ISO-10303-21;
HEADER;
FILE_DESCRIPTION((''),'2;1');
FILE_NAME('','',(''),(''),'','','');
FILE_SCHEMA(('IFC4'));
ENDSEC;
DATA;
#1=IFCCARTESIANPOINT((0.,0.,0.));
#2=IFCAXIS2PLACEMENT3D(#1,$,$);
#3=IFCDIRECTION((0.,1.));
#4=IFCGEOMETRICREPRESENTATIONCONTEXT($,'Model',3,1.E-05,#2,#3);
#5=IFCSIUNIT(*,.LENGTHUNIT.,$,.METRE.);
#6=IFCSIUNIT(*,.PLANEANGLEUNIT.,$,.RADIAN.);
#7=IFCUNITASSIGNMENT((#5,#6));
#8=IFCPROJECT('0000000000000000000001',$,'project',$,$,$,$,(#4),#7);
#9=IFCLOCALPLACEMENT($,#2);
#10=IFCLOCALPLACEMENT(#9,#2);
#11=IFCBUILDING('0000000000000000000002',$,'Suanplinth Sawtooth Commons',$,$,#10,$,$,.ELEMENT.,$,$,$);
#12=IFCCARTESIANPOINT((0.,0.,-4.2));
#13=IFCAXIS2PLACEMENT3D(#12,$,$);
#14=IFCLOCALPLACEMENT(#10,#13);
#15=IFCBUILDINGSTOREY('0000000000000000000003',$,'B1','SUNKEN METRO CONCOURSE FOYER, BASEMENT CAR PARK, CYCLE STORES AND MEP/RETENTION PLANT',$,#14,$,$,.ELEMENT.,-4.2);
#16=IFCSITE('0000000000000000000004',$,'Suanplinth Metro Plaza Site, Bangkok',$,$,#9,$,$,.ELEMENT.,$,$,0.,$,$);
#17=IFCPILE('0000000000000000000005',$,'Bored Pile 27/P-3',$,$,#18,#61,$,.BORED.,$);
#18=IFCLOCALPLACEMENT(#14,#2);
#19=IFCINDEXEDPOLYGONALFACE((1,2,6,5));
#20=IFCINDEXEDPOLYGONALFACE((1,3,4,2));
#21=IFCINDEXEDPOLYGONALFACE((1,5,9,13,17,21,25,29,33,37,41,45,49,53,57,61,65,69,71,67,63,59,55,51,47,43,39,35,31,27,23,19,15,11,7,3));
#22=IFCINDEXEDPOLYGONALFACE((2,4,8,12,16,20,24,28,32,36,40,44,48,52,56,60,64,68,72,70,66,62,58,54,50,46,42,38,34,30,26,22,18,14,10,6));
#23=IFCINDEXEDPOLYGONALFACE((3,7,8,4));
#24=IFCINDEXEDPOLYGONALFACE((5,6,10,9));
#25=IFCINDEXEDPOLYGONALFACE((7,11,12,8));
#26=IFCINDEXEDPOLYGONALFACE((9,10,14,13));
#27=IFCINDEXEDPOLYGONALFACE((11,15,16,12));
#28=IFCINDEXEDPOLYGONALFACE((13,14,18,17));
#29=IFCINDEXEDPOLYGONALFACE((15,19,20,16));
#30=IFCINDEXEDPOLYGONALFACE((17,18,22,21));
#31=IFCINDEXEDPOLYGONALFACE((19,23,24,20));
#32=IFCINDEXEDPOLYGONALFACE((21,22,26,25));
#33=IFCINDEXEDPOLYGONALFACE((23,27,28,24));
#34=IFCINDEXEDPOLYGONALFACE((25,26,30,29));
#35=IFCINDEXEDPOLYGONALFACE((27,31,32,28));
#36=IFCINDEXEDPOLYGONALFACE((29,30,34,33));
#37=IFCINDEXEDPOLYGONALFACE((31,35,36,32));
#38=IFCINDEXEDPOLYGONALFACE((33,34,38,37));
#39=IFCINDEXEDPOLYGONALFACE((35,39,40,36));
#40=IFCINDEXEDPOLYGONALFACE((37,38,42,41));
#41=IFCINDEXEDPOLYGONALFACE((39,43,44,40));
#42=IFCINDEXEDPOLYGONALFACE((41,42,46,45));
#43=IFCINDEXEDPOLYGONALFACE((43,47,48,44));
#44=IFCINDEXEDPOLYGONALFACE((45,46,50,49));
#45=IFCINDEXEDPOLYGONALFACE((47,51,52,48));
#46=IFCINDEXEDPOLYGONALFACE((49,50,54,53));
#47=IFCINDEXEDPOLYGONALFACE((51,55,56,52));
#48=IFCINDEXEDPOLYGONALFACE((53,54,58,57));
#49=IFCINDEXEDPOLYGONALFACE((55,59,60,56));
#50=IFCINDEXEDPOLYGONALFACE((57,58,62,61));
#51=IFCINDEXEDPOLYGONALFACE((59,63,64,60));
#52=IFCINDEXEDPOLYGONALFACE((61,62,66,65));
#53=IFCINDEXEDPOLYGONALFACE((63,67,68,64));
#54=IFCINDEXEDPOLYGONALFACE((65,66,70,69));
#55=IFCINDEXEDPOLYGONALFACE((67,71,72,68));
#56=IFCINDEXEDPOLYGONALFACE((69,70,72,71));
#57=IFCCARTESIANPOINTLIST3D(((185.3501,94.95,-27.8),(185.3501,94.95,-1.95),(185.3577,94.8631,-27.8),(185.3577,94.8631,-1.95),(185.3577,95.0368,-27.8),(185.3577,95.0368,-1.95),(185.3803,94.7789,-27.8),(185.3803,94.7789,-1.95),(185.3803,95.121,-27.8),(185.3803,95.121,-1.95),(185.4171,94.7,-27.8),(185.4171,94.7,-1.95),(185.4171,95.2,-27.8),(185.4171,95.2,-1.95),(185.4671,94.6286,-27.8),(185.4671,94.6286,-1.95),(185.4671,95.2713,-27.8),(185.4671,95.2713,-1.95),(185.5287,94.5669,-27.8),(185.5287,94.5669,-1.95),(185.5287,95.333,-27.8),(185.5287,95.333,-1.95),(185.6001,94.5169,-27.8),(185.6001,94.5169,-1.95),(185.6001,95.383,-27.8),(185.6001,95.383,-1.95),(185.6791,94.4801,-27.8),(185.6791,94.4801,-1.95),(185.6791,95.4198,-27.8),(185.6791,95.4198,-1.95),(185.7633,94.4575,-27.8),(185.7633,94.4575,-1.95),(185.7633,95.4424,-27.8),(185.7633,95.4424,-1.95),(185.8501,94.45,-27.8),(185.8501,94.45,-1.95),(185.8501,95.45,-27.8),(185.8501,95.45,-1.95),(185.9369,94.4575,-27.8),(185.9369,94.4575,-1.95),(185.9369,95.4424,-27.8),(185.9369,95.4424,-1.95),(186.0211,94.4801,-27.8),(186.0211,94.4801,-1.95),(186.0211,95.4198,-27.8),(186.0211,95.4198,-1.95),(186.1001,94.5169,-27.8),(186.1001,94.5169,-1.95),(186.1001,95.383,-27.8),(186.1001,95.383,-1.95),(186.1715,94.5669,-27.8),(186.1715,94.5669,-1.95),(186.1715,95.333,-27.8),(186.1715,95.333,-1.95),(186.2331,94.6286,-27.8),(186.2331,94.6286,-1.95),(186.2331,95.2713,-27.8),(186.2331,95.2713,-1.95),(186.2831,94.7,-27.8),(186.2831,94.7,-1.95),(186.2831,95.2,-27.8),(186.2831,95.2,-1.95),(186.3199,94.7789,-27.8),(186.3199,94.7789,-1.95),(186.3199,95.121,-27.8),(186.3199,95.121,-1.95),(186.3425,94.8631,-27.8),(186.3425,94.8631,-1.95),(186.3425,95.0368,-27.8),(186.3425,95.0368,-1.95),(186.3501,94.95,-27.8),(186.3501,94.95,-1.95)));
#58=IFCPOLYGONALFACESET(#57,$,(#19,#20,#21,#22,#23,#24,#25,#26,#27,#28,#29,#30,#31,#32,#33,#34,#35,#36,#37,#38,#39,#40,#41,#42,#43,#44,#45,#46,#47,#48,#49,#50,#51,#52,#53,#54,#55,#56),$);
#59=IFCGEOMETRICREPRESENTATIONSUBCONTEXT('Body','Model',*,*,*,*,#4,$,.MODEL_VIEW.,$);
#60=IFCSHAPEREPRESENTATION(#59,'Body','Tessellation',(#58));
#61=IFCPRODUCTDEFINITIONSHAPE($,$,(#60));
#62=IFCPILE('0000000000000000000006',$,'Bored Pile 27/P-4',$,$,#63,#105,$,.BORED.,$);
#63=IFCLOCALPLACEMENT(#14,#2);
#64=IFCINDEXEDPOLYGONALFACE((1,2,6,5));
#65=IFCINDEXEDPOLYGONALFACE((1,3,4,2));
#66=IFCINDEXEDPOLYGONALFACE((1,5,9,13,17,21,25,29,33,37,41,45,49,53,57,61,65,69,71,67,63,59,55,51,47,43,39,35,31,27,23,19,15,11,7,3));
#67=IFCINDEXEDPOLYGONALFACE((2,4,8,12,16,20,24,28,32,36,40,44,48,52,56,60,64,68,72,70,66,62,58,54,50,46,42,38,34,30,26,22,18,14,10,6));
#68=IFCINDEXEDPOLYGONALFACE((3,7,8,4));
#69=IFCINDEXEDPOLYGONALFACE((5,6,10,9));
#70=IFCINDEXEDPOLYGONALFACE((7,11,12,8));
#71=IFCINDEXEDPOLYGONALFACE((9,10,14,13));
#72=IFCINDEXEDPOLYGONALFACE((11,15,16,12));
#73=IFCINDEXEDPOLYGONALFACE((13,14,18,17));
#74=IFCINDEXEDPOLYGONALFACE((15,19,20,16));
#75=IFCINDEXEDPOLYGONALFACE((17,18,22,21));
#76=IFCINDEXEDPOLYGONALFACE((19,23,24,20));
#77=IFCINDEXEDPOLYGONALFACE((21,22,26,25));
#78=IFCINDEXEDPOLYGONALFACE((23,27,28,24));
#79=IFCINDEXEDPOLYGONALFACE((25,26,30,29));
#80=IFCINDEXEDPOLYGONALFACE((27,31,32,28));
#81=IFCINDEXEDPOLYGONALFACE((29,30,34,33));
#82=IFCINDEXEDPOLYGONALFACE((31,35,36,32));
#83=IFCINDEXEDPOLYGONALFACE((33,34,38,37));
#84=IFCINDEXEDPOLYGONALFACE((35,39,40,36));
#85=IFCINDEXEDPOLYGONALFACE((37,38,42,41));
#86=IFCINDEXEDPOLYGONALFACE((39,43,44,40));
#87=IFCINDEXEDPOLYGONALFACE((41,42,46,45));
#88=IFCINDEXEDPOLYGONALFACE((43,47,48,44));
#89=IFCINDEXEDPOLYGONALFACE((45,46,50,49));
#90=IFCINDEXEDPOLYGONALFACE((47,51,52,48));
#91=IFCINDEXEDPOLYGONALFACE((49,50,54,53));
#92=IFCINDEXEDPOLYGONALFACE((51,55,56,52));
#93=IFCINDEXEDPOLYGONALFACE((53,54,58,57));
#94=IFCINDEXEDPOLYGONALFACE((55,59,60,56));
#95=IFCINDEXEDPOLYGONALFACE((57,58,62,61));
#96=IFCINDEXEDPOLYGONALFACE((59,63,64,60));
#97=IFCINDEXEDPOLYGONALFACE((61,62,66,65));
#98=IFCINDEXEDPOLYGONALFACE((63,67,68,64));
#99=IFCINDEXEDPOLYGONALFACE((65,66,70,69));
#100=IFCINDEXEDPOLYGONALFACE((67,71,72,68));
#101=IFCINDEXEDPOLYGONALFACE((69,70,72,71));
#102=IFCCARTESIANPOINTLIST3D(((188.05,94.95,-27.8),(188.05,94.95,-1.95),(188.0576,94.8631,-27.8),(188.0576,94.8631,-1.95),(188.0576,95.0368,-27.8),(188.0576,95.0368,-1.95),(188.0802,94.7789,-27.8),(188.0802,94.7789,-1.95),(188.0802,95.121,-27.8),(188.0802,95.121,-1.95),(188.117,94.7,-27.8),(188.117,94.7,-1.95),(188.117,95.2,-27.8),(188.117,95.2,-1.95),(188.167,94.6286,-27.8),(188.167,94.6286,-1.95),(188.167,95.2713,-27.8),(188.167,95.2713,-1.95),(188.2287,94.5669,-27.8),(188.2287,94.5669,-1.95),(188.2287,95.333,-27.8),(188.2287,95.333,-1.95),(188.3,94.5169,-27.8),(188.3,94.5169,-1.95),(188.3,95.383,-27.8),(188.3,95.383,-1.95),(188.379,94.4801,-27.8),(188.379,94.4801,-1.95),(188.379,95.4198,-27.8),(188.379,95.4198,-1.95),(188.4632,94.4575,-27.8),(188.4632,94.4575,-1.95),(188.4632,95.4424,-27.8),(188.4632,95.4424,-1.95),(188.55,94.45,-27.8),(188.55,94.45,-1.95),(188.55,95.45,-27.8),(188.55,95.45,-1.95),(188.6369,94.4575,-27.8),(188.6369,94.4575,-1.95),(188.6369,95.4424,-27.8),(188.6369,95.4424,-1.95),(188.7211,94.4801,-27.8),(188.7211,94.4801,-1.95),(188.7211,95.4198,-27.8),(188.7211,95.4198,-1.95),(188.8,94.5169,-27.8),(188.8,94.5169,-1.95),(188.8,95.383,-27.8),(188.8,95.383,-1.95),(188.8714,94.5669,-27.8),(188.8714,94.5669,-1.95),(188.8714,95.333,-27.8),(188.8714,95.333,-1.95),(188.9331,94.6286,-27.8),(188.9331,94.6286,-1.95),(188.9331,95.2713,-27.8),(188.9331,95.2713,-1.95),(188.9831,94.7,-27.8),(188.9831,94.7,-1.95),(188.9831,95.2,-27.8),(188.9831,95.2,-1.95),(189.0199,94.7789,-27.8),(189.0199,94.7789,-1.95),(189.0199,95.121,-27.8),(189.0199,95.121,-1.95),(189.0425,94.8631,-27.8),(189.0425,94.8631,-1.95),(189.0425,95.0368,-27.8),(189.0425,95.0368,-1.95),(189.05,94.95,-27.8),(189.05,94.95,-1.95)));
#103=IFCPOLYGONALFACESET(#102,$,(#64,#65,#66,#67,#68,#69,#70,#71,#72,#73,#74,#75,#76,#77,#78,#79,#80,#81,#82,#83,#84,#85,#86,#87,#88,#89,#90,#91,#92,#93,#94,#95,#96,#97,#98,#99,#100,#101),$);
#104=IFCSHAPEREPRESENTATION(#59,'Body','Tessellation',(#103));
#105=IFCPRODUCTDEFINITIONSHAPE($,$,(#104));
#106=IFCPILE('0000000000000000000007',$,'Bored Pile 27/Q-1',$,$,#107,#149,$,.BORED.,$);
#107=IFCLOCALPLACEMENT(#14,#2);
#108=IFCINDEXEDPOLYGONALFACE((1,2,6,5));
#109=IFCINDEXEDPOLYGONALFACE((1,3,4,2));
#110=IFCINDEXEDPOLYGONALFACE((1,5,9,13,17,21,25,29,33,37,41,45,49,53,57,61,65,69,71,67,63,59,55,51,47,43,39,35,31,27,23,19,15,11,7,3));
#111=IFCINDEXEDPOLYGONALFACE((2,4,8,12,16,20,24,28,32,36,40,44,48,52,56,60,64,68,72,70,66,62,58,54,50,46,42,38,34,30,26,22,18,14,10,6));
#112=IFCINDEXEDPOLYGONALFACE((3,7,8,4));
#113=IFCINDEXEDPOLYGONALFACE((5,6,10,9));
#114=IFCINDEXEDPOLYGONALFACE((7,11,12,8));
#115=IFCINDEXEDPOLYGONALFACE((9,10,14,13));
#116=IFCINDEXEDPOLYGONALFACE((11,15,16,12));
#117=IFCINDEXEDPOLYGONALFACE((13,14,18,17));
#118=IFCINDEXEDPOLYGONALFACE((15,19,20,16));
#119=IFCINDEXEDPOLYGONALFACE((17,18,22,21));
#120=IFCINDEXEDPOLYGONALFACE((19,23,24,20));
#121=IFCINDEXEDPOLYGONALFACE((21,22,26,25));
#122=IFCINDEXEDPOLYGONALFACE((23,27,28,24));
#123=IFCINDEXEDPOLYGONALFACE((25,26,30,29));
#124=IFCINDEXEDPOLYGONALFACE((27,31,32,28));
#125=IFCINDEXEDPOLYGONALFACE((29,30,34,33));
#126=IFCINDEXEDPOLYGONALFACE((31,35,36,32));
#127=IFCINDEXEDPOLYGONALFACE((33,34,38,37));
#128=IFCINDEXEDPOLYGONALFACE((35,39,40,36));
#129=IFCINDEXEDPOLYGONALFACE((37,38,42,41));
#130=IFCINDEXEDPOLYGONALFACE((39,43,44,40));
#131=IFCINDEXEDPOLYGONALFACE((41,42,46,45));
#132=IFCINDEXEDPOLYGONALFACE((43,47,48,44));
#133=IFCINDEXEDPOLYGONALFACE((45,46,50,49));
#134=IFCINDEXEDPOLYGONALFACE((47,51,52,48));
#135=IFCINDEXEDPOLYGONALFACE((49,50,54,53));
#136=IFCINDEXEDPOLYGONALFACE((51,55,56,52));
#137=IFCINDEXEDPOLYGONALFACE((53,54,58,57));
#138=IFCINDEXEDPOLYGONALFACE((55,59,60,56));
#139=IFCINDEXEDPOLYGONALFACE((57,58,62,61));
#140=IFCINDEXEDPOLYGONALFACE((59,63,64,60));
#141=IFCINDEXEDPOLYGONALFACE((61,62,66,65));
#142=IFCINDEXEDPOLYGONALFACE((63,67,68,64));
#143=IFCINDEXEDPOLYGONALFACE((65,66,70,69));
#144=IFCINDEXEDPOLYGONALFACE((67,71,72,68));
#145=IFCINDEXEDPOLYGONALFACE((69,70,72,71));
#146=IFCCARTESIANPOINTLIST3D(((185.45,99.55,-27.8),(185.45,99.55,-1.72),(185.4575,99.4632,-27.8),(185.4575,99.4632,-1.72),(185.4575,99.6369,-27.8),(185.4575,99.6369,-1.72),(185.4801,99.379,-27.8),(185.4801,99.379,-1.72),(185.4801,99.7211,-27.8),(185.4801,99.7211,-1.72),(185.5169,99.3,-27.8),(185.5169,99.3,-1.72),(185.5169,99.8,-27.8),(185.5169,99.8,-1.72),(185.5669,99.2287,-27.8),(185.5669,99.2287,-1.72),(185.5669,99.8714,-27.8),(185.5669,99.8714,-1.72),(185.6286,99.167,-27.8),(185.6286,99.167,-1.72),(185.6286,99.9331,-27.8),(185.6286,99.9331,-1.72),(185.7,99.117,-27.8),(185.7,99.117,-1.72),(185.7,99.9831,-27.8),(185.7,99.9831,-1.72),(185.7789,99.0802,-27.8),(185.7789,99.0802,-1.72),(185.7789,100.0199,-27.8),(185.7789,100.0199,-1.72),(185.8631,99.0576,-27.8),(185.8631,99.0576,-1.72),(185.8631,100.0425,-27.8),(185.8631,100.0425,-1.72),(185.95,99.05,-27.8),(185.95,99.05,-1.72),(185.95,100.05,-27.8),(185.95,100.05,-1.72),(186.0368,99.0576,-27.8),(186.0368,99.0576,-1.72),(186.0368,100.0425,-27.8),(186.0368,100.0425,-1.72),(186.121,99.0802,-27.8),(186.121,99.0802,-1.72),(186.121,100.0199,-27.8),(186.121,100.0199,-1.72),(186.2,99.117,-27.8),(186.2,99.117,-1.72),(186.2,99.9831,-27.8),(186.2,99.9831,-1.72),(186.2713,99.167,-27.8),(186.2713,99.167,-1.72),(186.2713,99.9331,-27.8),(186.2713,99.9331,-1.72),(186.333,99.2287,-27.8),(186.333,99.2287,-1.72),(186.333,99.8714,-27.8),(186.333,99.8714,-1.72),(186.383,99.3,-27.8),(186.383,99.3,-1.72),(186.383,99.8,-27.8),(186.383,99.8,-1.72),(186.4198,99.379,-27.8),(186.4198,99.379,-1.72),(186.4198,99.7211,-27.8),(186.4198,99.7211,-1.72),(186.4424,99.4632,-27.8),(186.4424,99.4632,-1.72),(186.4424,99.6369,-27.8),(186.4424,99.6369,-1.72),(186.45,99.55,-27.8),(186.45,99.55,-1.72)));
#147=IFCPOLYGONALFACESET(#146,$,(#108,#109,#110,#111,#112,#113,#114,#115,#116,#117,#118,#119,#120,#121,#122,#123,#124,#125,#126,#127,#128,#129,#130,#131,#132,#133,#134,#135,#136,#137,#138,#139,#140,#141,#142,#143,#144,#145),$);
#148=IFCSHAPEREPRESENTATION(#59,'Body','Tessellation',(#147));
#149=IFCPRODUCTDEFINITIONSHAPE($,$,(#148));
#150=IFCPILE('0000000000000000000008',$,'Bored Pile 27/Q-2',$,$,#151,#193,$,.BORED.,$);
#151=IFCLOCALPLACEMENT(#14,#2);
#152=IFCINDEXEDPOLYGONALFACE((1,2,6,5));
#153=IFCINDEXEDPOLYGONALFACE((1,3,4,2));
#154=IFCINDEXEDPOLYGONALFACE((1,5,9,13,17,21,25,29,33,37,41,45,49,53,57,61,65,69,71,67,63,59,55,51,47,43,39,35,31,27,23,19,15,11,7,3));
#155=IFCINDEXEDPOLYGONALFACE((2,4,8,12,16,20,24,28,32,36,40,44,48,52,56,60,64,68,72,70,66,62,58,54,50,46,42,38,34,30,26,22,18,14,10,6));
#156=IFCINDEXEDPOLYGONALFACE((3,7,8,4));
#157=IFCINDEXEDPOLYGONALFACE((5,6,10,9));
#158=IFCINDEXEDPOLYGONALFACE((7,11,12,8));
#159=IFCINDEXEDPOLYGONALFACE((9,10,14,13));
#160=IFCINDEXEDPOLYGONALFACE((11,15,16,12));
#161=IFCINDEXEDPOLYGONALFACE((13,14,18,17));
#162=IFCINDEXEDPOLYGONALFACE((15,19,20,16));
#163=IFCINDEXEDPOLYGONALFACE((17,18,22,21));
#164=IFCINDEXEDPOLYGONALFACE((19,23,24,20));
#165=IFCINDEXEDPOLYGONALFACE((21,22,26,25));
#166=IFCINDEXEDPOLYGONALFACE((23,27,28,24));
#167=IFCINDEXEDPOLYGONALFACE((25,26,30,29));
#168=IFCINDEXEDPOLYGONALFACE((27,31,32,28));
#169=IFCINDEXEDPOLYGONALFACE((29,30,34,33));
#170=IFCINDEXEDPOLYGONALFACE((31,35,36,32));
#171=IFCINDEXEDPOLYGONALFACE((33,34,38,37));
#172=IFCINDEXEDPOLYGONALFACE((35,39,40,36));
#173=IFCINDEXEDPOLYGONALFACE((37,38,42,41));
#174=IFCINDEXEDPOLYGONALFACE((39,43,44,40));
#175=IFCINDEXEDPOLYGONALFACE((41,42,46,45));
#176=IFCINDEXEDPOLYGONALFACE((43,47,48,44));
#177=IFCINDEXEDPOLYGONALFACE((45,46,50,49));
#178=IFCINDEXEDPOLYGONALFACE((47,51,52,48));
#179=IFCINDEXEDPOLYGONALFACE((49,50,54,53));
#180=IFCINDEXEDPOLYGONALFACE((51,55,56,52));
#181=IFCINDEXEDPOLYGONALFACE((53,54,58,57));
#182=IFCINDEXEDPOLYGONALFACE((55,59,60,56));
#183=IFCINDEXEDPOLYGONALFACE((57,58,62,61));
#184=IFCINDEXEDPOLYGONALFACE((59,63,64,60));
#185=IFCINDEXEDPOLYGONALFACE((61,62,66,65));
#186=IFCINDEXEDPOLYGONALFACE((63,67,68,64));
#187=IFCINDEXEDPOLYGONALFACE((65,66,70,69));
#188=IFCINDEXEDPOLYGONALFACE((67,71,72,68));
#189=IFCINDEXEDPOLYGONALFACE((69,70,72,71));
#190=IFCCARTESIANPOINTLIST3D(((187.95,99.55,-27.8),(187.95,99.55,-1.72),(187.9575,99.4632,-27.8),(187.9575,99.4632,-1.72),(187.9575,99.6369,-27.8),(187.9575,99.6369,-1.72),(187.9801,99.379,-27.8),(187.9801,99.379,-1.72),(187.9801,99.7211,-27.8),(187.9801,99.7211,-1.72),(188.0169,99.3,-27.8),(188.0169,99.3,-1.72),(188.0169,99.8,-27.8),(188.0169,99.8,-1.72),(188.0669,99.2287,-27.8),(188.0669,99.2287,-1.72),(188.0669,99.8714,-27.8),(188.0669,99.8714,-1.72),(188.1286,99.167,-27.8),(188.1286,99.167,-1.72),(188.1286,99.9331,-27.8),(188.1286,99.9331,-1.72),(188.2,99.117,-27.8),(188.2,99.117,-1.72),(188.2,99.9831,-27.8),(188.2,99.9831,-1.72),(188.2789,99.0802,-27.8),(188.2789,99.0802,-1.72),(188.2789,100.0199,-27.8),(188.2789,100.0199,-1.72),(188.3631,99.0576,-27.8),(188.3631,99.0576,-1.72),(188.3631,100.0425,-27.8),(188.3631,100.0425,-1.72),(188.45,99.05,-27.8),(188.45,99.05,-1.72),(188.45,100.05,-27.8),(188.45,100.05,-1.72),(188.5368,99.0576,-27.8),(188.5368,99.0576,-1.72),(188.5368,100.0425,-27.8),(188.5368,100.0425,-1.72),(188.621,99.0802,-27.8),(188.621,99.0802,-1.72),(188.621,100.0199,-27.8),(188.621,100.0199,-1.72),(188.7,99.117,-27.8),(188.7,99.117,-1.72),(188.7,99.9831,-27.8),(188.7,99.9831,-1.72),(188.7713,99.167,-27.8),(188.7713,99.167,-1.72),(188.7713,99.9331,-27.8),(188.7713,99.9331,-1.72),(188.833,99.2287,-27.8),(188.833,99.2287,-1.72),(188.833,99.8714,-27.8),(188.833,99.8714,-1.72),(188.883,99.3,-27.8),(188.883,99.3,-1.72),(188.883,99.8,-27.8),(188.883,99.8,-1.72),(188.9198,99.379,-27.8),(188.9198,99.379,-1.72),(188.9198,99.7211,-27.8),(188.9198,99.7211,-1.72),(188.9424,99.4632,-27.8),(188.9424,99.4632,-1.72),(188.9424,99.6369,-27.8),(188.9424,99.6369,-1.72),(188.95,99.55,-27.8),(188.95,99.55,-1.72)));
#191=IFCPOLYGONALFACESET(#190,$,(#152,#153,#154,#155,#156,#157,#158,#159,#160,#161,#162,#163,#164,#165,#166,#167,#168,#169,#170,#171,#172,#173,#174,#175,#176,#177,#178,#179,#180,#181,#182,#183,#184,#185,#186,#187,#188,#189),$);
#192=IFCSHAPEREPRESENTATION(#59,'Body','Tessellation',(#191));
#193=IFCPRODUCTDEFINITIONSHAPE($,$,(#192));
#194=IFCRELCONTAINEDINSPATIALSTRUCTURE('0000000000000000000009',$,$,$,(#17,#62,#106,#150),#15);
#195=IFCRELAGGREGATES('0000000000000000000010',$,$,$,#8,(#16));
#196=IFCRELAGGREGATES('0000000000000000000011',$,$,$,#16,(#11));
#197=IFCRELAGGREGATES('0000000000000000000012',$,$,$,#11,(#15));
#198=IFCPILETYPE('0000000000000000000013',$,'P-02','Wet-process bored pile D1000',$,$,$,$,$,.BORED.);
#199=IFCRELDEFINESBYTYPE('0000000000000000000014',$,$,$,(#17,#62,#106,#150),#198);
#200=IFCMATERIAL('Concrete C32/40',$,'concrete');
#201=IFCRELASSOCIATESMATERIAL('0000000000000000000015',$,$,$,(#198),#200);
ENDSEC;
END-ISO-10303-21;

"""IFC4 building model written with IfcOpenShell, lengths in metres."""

from ifc_helpers import new_model, si_unit, direction, frame, origin, origin_2d, place, context, subcontext, project, spatial, circle, extrude, material, material_profile, profile_set, type_object, element, save


model = new_model("IFC4")

# Units and contexts
model_context = context("Model", 3, precision=1e-05, world=origin(), true_north=direction((0.0, 1.0)))
body_context = subcontext(model_context, "Body", "Model", "MODEL_VIEW")
ifc_project = project(units=[si_unit("LENGTHUNIT", "METRE"), si_unit("PLANEANGLEUNIT", "RADIAN")], contexts=[model_context])

# Site, building, storey
site_placement = place(None, origin())
site = spatial("IfcSite", under=ifc_project, at=site_placement, Name="Suanplinth Metro Plaza Site, Bangkok", CompositionType="ELEMENT", RefElevation=0.0)
building_placement = place(site_placement, origin())
building = spatial("IfcBuilding", under=site, at=building_placement, Name="Suanplinth Sawtooth Commons", CompositionType="ELEMENT")
storey_placement = place(building_placement, frame((0.0, 0.0, -4.2)))
storey = spatial("IfcBuildingStorey", under=building, at=storey_placement, Name="B1", Description="SUNKEN METRO CONCOURSE FOYER, BASEMENT CAR PARK, CYCLE STORES AND MEP/RETENTION PLANT", CompositionType="ELEMENT", Elevation=-4.2)

# Piles
ifc_material_1 = material(Name="Concrete C32/40", Category="concrete")
ifc_material_profile_1 = material_profile(ifc_material_1, circle(Radius=0.5, at=origin_2d()), Name="PILE D1000")
ifc_profile_set_1 = profile_set([ifc_material_profile_1], Name="Concrete C32/40")
pile_type = type_object("IfcPileType", Name="P-02", Description="Wet-process bored pile D1000", PredefinedType="BORED", material=ifc_profile_set_1)
for number, where, z_axis, x_axis, name in (
    (1, (185.8501, 94.95, -1.95), (0.0, 0.0, -1.0), (1.0, 0.0, 0.0), "Bored Pile 27/P-3"),
    (2, (188.55, 94.95, -1.95), (0.0, 0.0, -1.0), (1.0, 0.0, 0.0), "Bored Pile 27/P-4"),
):
    element("IfcPile", number, at=place(storey_placement, frame(where, z_axis=z_axis, x_axis=x_axis)), inside=storey, type_object=pile_type, Name=name, PredefinedType="BORED", context=body_context, shape_type="SweptSolid", body=[
        extrude(circle(Radius=0.5, at=origin_2d()), origin(), (0.0, 0.0, 1.0), 25.8501),
    ])
for number, where, z_axis, x_axis, name in (
    (3, (185.95, 99.55, -1.72), (0.0, 0.0, -1.0), (1.0, 0.0, 0.0), "Bored Pile 27/Q-1"),
    (4, (188.45, 99.55, -1.72), (0.0, 0.0, -1.0), (1.0, 0.0, 0.0), "Bored Pile 27/Q-2"),
):
    element("IfcPile", number, at=place(storey_placement, frame(where, z_axis=z_axis, x_axis=x_axis)), inside=storey, type_object=pile_type, Name=name, PredefinedType="BORED", context=body_context, shape_type="SweptSolid", body=[
        extrude(circle(Radius=0.5, at=origin_2d()), origin(), (0.0, 0.0, 1.0), 26.0801),
    ])

save(model, "model.ifc")
